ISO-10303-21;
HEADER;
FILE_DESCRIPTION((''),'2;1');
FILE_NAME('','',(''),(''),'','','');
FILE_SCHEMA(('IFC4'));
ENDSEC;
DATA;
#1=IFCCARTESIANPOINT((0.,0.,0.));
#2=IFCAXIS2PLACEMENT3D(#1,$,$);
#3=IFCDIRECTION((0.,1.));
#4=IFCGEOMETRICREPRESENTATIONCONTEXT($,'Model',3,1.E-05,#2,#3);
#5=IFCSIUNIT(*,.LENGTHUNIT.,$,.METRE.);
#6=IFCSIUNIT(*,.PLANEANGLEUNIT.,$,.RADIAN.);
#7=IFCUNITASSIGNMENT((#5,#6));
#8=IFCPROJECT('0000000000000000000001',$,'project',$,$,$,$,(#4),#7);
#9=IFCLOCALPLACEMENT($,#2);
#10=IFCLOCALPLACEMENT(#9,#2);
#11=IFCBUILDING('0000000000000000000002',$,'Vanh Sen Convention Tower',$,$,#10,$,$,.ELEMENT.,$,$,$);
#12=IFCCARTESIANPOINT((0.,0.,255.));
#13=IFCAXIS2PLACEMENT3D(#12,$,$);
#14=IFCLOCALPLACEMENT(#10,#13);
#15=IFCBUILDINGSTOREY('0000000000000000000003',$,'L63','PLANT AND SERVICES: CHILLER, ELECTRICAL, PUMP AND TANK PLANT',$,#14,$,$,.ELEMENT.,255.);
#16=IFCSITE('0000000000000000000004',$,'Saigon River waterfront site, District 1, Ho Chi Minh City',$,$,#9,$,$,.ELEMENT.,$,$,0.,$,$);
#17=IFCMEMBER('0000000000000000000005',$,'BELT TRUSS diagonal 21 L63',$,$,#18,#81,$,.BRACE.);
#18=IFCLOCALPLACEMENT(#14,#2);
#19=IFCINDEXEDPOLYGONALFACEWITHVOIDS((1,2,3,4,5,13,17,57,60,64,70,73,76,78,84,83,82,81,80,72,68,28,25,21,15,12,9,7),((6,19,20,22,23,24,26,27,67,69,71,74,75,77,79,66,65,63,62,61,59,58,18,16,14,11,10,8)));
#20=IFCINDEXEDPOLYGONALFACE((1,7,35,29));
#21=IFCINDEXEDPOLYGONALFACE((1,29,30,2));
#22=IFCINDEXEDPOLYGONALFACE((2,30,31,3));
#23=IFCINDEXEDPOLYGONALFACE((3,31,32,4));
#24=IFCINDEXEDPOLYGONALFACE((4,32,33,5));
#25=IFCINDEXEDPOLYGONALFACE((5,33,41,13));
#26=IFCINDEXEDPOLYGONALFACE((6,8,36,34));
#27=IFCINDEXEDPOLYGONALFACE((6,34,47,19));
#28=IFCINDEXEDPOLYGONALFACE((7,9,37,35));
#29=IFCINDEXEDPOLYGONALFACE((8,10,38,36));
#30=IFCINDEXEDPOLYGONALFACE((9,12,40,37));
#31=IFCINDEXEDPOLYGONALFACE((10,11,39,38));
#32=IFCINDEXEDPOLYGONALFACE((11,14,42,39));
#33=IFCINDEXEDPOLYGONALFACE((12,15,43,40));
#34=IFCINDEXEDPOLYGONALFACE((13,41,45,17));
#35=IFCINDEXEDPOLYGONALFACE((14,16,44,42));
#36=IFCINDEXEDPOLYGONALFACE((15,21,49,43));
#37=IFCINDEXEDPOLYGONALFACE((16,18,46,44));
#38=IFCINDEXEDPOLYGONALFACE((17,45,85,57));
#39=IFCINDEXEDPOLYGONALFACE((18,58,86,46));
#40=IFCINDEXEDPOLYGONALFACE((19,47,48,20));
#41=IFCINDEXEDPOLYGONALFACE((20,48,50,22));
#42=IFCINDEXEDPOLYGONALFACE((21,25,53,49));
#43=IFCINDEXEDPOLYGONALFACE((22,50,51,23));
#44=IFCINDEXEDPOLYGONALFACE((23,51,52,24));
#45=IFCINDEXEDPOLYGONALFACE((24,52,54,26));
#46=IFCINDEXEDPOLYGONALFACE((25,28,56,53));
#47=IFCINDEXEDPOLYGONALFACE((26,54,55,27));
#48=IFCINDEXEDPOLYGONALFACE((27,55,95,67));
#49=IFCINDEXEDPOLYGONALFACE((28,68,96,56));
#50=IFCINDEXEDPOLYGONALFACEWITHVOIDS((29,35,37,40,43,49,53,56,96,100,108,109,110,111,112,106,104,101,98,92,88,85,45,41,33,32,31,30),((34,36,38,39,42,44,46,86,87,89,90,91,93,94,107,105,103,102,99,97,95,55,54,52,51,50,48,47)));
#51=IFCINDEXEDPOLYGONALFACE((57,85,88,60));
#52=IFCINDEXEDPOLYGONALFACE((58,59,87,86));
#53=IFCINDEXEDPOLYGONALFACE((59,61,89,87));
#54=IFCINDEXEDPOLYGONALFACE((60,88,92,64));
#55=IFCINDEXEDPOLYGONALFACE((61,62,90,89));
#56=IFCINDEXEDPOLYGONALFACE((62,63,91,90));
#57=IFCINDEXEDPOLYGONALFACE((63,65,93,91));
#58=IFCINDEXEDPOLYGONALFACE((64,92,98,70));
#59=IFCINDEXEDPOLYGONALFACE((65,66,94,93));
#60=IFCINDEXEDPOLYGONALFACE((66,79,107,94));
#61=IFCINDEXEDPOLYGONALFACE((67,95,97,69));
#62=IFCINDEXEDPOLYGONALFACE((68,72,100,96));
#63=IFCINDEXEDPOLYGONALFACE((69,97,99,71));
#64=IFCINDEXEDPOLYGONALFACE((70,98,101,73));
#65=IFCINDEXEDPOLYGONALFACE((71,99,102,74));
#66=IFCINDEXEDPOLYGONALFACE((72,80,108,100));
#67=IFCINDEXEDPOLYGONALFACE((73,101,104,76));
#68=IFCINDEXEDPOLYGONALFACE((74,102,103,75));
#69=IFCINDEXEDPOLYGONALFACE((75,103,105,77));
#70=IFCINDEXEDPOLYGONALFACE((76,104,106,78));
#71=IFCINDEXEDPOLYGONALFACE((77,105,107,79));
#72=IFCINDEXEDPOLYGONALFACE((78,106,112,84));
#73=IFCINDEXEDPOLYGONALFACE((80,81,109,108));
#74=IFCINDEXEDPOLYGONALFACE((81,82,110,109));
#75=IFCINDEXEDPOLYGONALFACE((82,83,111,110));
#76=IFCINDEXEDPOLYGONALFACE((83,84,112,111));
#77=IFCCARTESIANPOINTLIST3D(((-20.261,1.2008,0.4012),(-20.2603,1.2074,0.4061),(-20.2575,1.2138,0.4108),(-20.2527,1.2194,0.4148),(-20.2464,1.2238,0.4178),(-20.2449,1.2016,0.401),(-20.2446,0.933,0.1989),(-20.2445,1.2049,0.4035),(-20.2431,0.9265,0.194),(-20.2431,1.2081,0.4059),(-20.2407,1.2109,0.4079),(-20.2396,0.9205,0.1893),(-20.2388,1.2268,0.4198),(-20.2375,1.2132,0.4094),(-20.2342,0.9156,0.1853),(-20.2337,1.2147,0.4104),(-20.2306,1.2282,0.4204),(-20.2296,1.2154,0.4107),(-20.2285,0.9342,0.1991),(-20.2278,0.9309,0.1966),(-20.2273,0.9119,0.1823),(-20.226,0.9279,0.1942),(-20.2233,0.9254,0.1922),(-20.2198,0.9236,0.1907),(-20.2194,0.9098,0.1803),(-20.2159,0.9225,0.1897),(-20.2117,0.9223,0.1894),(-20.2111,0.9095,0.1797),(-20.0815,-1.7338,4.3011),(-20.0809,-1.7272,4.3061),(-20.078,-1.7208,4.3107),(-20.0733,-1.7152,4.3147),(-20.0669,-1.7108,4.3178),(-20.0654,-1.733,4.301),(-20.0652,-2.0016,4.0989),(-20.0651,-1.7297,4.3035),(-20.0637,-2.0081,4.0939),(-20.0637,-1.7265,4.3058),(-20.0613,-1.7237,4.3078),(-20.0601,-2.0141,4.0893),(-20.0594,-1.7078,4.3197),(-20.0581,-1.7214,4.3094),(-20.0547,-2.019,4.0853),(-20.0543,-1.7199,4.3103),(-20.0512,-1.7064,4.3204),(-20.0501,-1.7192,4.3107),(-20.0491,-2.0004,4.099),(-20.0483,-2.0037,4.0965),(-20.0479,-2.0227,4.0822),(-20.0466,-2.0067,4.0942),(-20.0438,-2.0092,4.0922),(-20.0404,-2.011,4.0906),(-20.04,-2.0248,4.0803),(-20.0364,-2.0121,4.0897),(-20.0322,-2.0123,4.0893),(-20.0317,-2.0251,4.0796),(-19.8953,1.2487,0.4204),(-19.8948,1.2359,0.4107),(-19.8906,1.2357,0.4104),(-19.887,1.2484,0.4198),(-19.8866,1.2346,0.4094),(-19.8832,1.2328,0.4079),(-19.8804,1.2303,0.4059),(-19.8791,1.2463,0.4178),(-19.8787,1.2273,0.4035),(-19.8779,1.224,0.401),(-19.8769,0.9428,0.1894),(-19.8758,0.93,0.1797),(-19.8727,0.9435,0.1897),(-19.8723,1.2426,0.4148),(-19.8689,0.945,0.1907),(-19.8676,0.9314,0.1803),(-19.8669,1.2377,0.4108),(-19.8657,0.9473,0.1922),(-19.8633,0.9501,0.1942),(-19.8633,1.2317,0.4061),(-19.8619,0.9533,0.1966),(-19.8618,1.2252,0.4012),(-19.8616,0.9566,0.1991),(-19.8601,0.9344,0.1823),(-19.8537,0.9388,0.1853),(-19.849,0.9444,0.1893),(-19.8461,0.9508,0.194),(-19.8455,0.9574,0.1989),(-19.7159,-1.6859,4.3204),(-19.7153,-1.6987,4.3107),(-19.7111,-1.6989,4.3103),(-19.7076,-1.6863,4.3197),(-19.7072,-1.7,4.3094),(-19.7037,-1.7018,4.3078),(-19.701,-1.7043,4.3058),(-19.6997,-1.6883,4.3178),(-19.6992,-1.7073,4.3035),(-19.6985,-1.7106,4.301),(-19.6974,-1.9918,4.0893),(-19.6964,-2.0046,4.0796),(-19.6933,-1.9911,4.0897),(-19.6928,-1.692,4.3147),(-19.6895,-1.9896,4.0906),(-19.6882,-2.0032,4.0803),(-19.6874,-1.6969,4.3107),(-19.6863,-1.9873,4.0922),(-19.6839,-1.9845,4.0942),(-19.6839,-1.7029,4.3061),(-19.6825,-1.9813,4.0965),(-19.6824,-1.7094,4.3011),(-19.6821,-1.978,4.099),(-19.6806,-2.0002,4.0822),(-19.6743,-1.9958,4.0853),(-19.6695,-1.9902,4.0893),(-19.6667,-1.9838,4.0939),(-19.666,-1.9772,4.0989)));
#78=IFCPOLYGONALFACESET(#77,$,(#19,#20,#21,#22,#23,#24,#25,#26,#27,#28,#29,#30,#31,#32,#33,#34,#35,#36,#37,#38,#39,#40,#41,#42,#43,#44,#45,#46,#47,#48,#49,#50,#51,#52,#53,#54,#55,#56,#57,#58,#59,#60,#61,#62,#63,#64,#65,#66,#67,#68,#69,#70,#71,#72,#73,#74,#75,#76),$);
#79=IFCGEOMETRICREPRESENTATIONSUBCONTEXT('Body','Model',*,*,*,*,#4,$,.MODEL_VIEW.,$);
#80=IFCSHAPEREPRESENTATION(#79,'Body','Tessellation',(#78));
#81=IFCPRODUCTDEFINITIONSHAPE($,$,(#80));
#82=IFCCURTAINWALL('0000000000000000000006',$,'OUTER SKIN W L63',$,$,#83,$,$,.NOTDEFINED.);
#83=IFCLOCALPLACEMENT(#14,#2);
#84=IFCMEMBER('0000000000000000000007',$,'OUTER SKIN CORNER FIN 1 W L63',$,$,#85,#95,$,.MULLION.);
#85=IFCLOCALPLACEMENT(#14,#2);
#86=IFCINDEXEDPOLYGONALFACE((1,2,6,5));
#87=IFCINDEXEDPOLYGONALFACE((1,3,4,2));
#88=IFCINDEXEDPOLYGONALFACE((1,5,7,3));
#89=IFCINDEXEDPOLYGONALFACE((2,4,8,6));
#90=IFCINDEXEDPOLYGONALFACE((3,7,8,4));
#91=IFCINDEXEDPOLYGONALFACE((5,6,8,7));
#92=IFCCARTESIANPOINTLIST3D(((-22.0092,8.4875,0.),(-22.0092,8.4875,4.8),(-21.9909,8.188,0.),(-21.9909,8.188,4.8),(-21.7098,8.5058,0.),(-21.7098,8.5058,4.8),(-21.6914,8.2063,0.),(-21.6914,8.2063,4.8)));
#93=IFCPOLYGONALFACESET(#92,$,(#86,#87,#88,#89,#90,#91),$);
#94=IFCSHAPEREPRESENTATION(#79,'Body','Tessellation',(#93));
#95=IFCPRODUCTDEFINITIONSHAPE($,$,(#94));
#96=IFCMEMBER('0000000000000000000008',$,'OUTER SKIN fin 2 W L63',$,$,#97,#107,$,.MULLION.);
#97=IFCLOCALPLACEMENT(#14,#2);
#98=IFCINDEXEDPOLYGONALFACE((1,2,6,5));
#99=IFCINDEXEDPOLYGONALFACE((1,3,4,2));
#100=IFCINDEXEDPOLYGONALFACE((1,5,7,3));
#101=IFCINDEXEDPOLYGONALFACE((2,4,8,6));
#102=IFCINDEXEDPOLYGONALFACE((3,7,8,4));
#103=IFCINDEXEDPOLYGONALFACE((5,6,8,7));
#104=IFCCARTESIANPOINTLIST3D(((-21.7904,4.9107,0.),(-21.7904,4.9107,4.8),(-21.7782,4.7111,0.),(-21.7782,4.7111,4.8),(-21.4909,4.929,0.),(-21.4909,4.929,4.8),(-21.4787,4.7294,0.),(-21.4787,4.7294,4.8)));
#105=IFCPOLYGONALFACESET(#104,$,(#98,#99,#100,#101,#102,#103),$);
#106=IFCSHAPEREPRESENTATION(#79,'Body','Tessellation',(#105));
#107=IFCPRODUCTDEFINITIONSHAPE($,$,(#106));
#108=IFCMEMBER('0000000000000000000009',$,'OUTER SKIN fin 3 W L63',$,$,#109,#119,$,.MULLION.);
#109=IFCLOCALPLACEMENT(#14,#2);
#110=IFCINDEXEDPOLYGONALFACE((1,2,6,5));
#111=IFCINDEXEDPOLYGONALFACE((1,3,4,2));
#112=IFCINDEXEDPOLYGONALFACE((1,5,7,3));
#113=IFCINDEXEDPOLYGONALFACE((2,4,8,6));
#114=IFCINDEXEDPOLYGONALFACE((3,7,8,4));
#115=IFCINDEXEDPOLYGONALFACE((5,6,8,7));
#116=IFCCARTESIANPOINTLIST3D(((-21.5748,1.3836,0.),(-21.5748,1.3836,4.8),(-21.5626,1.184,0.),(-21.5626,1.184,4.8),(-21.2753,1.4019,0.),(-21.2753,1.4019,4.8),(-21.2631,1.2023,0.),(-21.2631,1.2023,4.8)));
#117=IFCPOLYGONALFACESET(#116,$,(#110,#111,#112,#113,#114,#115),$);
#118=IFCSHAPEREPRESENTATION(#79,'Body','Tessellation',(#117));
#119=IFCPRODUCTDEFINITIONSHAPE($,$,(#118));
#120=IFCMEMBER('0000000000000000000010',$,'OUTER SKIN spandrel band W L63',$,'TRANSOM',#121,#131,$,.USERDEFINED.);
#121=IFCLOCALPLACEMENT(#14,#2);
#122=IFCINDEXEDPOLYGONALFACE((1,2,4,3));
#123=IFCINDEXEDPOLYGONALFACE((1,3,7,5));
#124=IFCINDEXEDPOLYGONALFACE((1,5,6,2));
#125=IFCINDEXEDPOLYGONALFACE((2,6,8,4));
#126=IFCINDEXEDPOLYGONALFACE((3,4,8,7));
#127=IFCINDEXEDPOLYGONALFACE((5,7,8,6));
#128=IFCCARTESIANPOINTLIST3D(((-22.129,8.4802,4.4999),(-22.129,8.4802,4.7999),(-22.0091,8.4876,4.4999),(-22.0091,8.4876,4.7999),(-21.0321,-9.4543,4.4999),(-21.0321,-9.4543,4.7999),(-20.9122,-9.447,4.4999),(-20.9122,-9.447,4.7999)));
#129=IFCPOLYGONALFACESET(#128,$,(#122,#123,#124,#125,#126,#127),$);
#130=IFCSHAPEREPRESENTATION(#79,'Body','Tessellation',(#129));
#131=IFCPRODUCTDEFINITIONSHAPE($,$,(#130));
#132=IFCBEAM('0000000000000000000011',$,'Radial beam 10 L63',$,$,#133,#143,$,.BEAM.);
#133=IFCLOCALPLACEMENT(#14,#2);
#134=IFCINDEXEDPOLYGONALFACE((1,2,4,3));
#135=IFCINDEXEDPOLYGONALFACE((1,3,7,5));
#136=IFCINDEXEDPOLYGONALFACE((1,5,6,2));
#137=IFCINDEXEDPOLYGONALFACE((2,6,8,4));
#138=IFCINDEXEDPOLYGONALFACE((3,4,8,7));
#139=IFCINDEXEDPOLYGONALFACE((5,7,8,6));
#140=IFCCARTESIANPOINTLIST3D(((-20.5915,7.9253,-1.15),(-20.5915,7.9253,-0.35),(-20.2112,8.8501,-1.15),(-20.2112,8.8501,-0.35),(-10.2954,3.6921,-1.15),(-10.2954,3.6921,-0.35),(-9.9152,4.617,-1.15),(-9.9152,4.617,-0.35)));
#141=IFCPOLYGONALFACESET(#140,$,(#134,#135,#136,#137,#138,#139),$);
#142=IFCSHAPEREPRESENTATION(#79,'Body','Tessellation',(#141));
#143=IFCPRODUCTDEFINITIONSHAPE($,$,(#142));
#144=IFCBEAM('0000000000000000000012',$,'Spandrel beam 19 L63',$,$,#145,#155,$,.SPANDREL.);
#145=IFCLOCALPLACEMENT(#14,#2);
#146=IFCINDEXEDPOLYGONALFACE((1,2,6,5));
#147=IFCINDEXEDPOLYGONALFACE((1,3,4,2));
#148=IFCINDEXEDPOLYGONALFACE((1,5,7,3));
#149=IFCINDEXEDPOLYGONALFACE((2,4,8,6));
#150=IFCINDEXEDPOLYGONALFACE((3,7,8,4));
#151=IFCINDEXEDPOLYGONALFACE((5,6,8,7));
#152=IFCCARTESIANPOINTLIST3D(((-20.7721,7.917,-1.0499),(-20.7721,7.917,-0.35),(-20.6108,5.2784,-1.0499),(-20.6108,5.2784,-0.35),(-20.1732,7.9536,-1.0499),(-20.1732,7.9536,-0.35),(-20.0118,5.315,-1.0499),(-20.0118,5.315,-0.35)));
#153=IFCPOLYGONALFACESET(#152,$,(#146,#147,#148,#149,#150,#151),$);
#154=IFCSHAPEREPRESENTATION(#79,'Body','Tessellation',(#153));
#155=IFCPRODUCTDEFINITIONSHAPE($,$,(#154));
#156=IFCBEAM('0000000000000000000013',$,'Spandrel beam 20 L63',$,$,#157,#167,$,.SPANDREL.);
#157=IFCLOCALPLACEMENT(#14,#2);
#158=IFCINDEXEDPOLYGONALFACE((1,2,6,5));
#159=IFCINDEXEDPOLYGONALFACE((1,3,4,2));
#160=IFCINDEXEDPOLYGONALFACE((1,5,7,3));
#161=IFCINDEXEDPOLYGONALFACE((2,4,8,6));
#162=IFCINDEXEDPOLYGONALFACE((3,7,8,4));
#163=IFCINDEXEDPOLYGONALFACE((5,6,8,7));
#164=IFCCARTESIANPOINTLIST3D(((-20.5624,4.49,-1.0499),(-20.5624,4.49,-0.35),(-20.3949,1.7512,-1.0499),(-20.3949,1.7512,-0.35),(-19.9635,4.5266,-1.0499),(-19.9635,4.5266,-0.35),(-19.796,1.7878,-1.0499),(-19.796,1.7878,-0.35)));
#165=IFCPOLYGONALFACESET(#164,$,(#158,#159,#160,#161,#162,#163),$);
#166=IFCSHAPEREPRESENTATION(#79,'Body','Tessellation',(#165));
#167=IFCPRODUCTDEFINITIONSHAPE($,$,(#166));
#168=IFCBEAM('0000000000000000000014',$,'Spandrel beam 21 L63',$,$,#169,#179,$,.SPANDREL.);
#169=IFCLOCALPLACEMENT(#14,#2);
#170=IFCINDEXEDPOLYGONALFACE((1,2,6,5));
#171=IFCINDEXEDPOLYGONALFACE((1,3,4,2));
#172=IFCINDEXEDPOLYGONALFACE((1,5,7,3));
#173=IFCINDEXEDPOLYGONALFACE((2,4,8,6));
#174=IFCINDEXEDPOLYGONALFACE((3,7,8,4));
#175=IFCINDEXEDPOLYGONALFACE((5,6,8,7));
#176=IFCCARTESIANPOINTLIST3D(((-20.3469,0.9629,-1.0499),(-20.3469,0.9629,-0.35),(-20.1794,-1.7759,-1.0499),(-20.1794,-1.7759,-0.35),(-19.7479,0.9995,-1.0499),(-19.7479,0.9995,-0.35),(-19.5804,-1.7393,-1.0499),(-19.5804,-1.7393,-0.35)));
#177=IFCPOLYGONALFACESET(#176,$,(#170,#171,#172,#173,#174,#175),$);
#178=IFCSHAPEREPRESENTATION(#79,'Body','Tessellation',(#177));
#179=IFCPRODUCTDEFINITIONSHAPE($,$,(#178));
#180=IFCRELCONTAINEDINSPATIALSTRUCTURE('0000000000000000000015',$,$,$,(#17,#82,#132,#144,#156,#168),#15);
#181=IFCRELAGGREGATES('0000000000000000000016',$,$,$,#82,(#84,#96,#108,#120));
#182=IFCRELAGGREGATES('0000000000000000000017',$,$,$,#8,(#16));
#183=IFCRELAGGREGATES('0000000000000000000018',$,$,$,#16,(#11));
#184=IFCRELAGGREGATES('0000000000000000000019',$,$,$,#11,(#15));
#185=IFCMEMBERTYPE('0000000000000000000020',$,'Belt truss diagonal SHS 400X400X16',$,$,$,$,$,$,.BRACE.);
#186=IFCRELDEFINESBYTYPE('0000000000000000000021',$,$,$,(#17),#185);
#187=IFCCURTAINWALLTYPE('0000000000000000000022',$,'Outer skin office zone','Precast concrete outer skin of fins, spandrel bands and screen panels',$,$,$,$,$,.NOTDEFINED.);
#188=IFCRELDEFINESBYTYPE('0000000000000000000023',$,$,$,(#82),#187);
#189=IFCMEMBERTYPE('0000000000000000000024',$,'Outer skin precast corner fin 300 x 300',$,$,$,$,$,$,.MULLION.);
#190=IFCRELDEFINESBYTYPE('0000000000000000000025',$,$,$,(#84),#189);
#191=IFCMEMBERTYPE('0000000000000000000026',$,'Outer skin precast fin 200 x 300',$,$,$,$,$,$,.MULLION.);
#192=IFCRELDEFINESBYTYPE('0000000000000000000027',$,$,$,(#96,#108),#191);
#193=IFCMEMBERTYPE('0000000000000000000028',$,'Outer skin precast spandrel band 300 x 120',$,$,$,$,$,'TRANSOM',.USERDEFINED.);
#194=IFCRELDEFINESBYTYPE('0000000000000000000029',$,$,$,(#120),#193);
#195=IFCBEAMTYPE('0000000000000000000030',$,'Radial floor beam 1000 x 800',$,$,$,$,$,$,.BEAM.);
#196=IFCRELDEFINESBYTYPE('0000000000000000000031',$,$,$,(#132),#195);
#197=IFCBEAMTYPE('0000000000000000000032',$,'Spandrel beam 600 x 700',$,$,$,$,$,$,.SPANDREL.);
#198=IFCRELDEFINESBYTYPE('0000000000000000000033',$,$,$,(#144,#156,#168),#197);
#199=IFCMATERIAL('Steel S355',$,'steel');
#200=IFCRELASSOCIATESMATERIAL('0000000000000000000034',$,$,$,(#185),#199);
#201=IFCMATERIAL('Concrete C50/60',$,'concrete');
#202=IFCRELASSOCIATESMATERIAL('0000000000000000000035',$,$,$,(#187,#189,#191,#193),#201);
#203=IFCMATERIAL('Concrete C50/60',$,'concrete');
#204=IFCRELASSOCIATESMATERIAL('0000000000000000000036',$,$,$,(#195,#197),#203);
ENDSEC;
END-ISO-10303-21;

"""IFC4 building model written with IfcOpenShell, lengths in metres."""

from ifc_helpers import new_model, si_unit, direction, frame, origin, origin_2d, place, context, subcontext, project, spatial, rectangle, hollow_rectangle, extrude, material, material_profile, profile_set, type_object, element, aggregate, save


model = new_model("IFC4")

# Units and contexts
model_context = context("Model", 3, precision=1e-05, world=origin(), true_north=direction((0.0, 1.0)))
body_context = subcontext(model_context, "Body", "Model", "MODEL_VIEW")
ifc_project = project(units=[si_unit("LENGTHUNIT", "METRE"), si_unit("PLANEANGLEUNIT", "RADIAN")], contexts=[model_context])

# Site, building, storey
site_placement = place(None, origin())
site = spatial("IfcSite", under=ifc_project, at=site_placement, Name="Saigon River waterfront site, District 1, Ho Chi Minh City", CompositionType="ELEMENT", RefElevation=0.0)
building_placement = place(site_placement, origin())
building = spatial("IfcBuilding", under=site, at=building_placement, Name="Vanh Sen Convention Tower", CompositionType="ELEMENT")
storey_placement = place(building_placement, frame((0.0, 0.0, 255.0)))
storey = spatial("IfcBuildingStorey", under=building, at=storey_placement, Name="L63", Description="PLANT AND SERVICES: CHILLER, ELECTRICAL, PUMP AND TANK PLANT", CompositionType="ELEMENT", Elevation=255.0)

# Member
ifc_material_1 = material(Name="Steel S355", Category="steel")
ifc_material_profile_1 = material_profile(ifc_material_1, hollow_rectangle(XDim=0.3999, YDim=0.3999, WallThickness=0.0161, InnerFilletRadius=0.0161, OuterFilletRadius=0.032, at=origin_2d()), Name="SHS 400X400X16")
ifc_profile_set_1 = profile_set([ifc_material_profile_1], Name="Steel S355")
member_type_1 = type_object("IfcMemberType", Name="Belt truss diagonal SHS 400X400X16", PredefinedType="BRACE", material=ifc_profile_set_1)
for number, where, z_axis, x_axis, name in (
    (1, (-20.0532, 1.0791, 0.3), (0.036741, -0.600858, 0.798511), (0.998136, 0.061034, 0.0), "BELT TRUSS diagonal 21 L63"),
):
    element("IfcMember", number, at=place(storey_placement, frame(where, z_axis=z_axis, x_axis=x_axis)), inside=storey, type_object=member_type_1, Name=name, PredefinedType="BRACE", context=body_context, shape_type="SweptSolid", body=[
        extrude(hollow_rectangle(XDim=0.3999, YDim=0.3999, WallThickness=0.0161, InnerFilletRadius=0.0161, OuterFilletRadius=0.032, at=origin_2d()), origin(), (0.0, 0.0, 1.0), 4.884),
    ])

# Curtain wall, members
ifc_material_2 = material(Name="Concrete C50/60", Category="concrete")
curtain_wall_type = type_object("IfcCurtainWallType", Name="Outer skin office zone", Description="Precast concrete outer skin of fins, spandrel bands and screen panels", PredefinedType="NOTDEFINED", material=ifc_material_2)
curtain_wall_1_placement = place(storey_placement, origin())
curtain_wall_1 = element("IfcCurtainWall", 2, at=curtain_wall_1_placement, inside=storey, type_object=curtain_wall_type, Name="OUTER SKIN W L63", PredefinedType="NOTDEFINED")
ifc_material_profile_2 = material_profile(ifc_material_2, rectangle(XDim=0.3, YDim=0.3, at=origin_2d()), Name="Outer skin precast corner fin 300 x 300")
ifc_profile_set_2 = profile_set([ifc_material_profile_2], Name="Concrete C50/60")
member_type_2 = type_object("IfcMemberType", Name="Outer skin precast corner fin 300 x 300", PredefinedType="MULLION", material=ifc_profile_set_2)
member_1_placement = place(storey_placement, frame((-21.8503, 8.3469, 0.0), z_axis=(0.0, 0.0, 1.0), x_axis=(0.061049, -0.998135, 0.0)))
member_1 = element("IfcMember", 3, at=member_1_placement, type_object=member_type_2, Name="OUTER SKIN CORNER FIN 1 W L63", PredefinedType="MULLION", context=body_context, shape_type="SweptSolid", body=[
    extrude(rectangle(XDim=0.3, YDim=0.3, at=origin_2d()), origin(), (0.0, 0.0, 1.0), 4.8),
])
ifc_material_profile_3 = material_profile(ifc_material_2, rectangle(XDim=0.2, YDim=0.3, at=origin_2d()), Name="Outer skin precast fin 200 x 300")
ifc_profile_set_3 = profile_set([ifc_material_profile_3], Name="Concrete C50/60")
member_type_3 = type_object("IfcMemberType", Name="Outer skin precast fin 200 x 300", PredefinedType="MULLION", material=ifc_profile_set_3)
member_2_placement = place(storey_placement, frame((-21.6345, 4.8201, 0.0), z_axis=(0.0, 0.0, 1.0), x_axis=(0.061049, -0.998135, 0.0)))
member_2 = element("IfcMember", 4, at=member_2_placement, type_object=member_type_3, Name="OUTER SKIN fin 2 W L63", PredefinedType="MULLION", context=body_context, shape_type="SweptSolid", body=[
    extrude(rectangle(XDim=0.2, YDim=0.3, at=origin_2d()), origin(), (0.0, 0.0, 1.0), 4.8),
])
member_3_placement = place(storey_placement, frame((-21.4189, 1.293, 0.0), z_axis=(0.0, 0.0, 1.0), x_axis=(0.061049, -0.998135, 0.0)))
member_3 = element("IfcMember", 5, at=member_3_placement, type_object=member_type_3, Name="OUTER SKIN fin 3 W L63", PredefinedType="MULLION", context=body_context, shape_type="SweptSolid", body=[
    extrude(rectangle(XDim=0.2, YDim=0.3, at=origin_2d()), origin(), (0.0, 0.0, 1.0), 4.8),
])
ifc_material_profile_4 = material_profile(ifc_material_2, rectangle(XDim=0.1201, YDim=0.3, at=origin_2d()), Name="Outer skin precast spandrel band 300 x 120")
ifc_profile_set_4 = profile_set([ifc_material_profile_4], Name="Concrete C50/60")
member_type_4 = type_object("IfcMemberType", Name="Outer skin precast spandrel band 300 x 120", ElementType="TRANSOM", PredefinedType="USERDEFINED", material=ifc_profile_set_4)
member_4_placement = place(storey_placement, frame((-22.0691, 8.4839, 4.6499), z_axis=(0.061048, -0.998135, 0.0), x_axis=(0.998135, 0.061048, 0.0)))
member_4 = element("IfcMember", 6, at=member_4_placement, type_object=member_type_4, Name="OUTER SKIN spandrel band W L63", ObjectType="TRANSOM", PredefinedType="USERDEFINED", context=body_context, shape_type="SweptSolid", body=[
    extrude(rectangle(XDim=0.1201, YDim=0.3, at=origin_2d()), origin(), (0.0, 0.0, 1.0), 17.968),
])

# Beams
ifc_material_3 = material(Name="Concrete C50/60", Category="concrete")
ifc_material_profile_5 = material_profile(ifc_material_3, rectangle(XDim=1.0, YDim=0.8, at=origin_2d()), Name="RC 1000X800")
ifc_profile_set_5 = profile_set([ifc_material_profile_5], Name="Concrete C50/60")
beam_type_1 = type_object("IfcBeamType", Name="Radial floor beam 1000 x 800", PredefinedType="BEAM", material=ifc_profile_set_5)
beam_1_placement = place(storey_placement, frame((-20.4014, 8.3877, -0.75), z_axis=(0.924881, -0.380256, 0.0), x_axis=(0.380256, 0.924881, 0.0)))
element("IfcBeam", 7, at=beam_1_placement, inside=storey, type_object=beam_type_1, Name="Radial beam 10 L63", PredefinedType="BEAM", context=body_context, shape_type="SweptSolid", body=[
    extrude(rectangle(XDim=1.0, YDim=0.8, at=origin_2d()), origin(), (0.0, 0.0, 1.0), 11.1323),
])
ifc_material_profile_6 = material_profile(ifc_material_3, rectangle(XDim=0.6001, YDim=0.7, at=origin_2d()), Name="RC 600X700")
ifc_profile_set_6 = profile_set([ifc_material_profile_6], Name="Concrete C50/60")
beam_type_2 = type_object("IfcBeamType", Name="Spandrel beam 600 x 700", PredefinedType="SPANDREL", material=ifc_profile_set_6)
beam_2_placement = place(storey_placement, frame((-20.4727, 7.9353, -0.7), z_axis=(0.061044, -0.998135, 0.0), x_axis=(0.998135, 0.061044, 0.0)))
element("IfcBeam", 8, at=beam_2_placement, inside=storey, type_object=beam_type_2, Name="Spandrel beam 19 L63", PredefinedType="SPANDREL", context=body_context, shape_type="SweptSolid", body=[
    extrude(rectangle(XDim=0.6001, YDim=0.7, at=origin_2d()), origin(), (0.0, 0.0, 1.0), 2.6436),
])
for number, where, z_axis, x_axis, name in (
    (9, (-20.2629, 4.5083, -0.7), (0.061038, -0.998135, 0.0), (0.998135, 0.061038, 0.0), "Spandrel beam 20 L63"),
    (10, (-20.0474, 0.9812, -0.7), (0.061038, -0.998135, 0.0), (0.998135, 0.061038, 0.0), "Spandrel beam 21 L63"),
):
    element("IfcBeam", number, at=place(storey_placement, frame(where, z_axis=z_axis, x_axis=x_axis)), inside=storey, type_object=beam_type_2, Name=name, PredefinedType="SPANDREL", context=body_context, shape_type="SweptSolid", body=[
        extrude(rectangle(XDim=0.6001, YDim=0.7, at=origin_2d()), origin(), (0.0, 0.0, 1.0), 2.7439),
    ])

aggregate(curtain_wall_1, [member_1, member_2, member_3, member_4])

save(model, "model.ifc")
